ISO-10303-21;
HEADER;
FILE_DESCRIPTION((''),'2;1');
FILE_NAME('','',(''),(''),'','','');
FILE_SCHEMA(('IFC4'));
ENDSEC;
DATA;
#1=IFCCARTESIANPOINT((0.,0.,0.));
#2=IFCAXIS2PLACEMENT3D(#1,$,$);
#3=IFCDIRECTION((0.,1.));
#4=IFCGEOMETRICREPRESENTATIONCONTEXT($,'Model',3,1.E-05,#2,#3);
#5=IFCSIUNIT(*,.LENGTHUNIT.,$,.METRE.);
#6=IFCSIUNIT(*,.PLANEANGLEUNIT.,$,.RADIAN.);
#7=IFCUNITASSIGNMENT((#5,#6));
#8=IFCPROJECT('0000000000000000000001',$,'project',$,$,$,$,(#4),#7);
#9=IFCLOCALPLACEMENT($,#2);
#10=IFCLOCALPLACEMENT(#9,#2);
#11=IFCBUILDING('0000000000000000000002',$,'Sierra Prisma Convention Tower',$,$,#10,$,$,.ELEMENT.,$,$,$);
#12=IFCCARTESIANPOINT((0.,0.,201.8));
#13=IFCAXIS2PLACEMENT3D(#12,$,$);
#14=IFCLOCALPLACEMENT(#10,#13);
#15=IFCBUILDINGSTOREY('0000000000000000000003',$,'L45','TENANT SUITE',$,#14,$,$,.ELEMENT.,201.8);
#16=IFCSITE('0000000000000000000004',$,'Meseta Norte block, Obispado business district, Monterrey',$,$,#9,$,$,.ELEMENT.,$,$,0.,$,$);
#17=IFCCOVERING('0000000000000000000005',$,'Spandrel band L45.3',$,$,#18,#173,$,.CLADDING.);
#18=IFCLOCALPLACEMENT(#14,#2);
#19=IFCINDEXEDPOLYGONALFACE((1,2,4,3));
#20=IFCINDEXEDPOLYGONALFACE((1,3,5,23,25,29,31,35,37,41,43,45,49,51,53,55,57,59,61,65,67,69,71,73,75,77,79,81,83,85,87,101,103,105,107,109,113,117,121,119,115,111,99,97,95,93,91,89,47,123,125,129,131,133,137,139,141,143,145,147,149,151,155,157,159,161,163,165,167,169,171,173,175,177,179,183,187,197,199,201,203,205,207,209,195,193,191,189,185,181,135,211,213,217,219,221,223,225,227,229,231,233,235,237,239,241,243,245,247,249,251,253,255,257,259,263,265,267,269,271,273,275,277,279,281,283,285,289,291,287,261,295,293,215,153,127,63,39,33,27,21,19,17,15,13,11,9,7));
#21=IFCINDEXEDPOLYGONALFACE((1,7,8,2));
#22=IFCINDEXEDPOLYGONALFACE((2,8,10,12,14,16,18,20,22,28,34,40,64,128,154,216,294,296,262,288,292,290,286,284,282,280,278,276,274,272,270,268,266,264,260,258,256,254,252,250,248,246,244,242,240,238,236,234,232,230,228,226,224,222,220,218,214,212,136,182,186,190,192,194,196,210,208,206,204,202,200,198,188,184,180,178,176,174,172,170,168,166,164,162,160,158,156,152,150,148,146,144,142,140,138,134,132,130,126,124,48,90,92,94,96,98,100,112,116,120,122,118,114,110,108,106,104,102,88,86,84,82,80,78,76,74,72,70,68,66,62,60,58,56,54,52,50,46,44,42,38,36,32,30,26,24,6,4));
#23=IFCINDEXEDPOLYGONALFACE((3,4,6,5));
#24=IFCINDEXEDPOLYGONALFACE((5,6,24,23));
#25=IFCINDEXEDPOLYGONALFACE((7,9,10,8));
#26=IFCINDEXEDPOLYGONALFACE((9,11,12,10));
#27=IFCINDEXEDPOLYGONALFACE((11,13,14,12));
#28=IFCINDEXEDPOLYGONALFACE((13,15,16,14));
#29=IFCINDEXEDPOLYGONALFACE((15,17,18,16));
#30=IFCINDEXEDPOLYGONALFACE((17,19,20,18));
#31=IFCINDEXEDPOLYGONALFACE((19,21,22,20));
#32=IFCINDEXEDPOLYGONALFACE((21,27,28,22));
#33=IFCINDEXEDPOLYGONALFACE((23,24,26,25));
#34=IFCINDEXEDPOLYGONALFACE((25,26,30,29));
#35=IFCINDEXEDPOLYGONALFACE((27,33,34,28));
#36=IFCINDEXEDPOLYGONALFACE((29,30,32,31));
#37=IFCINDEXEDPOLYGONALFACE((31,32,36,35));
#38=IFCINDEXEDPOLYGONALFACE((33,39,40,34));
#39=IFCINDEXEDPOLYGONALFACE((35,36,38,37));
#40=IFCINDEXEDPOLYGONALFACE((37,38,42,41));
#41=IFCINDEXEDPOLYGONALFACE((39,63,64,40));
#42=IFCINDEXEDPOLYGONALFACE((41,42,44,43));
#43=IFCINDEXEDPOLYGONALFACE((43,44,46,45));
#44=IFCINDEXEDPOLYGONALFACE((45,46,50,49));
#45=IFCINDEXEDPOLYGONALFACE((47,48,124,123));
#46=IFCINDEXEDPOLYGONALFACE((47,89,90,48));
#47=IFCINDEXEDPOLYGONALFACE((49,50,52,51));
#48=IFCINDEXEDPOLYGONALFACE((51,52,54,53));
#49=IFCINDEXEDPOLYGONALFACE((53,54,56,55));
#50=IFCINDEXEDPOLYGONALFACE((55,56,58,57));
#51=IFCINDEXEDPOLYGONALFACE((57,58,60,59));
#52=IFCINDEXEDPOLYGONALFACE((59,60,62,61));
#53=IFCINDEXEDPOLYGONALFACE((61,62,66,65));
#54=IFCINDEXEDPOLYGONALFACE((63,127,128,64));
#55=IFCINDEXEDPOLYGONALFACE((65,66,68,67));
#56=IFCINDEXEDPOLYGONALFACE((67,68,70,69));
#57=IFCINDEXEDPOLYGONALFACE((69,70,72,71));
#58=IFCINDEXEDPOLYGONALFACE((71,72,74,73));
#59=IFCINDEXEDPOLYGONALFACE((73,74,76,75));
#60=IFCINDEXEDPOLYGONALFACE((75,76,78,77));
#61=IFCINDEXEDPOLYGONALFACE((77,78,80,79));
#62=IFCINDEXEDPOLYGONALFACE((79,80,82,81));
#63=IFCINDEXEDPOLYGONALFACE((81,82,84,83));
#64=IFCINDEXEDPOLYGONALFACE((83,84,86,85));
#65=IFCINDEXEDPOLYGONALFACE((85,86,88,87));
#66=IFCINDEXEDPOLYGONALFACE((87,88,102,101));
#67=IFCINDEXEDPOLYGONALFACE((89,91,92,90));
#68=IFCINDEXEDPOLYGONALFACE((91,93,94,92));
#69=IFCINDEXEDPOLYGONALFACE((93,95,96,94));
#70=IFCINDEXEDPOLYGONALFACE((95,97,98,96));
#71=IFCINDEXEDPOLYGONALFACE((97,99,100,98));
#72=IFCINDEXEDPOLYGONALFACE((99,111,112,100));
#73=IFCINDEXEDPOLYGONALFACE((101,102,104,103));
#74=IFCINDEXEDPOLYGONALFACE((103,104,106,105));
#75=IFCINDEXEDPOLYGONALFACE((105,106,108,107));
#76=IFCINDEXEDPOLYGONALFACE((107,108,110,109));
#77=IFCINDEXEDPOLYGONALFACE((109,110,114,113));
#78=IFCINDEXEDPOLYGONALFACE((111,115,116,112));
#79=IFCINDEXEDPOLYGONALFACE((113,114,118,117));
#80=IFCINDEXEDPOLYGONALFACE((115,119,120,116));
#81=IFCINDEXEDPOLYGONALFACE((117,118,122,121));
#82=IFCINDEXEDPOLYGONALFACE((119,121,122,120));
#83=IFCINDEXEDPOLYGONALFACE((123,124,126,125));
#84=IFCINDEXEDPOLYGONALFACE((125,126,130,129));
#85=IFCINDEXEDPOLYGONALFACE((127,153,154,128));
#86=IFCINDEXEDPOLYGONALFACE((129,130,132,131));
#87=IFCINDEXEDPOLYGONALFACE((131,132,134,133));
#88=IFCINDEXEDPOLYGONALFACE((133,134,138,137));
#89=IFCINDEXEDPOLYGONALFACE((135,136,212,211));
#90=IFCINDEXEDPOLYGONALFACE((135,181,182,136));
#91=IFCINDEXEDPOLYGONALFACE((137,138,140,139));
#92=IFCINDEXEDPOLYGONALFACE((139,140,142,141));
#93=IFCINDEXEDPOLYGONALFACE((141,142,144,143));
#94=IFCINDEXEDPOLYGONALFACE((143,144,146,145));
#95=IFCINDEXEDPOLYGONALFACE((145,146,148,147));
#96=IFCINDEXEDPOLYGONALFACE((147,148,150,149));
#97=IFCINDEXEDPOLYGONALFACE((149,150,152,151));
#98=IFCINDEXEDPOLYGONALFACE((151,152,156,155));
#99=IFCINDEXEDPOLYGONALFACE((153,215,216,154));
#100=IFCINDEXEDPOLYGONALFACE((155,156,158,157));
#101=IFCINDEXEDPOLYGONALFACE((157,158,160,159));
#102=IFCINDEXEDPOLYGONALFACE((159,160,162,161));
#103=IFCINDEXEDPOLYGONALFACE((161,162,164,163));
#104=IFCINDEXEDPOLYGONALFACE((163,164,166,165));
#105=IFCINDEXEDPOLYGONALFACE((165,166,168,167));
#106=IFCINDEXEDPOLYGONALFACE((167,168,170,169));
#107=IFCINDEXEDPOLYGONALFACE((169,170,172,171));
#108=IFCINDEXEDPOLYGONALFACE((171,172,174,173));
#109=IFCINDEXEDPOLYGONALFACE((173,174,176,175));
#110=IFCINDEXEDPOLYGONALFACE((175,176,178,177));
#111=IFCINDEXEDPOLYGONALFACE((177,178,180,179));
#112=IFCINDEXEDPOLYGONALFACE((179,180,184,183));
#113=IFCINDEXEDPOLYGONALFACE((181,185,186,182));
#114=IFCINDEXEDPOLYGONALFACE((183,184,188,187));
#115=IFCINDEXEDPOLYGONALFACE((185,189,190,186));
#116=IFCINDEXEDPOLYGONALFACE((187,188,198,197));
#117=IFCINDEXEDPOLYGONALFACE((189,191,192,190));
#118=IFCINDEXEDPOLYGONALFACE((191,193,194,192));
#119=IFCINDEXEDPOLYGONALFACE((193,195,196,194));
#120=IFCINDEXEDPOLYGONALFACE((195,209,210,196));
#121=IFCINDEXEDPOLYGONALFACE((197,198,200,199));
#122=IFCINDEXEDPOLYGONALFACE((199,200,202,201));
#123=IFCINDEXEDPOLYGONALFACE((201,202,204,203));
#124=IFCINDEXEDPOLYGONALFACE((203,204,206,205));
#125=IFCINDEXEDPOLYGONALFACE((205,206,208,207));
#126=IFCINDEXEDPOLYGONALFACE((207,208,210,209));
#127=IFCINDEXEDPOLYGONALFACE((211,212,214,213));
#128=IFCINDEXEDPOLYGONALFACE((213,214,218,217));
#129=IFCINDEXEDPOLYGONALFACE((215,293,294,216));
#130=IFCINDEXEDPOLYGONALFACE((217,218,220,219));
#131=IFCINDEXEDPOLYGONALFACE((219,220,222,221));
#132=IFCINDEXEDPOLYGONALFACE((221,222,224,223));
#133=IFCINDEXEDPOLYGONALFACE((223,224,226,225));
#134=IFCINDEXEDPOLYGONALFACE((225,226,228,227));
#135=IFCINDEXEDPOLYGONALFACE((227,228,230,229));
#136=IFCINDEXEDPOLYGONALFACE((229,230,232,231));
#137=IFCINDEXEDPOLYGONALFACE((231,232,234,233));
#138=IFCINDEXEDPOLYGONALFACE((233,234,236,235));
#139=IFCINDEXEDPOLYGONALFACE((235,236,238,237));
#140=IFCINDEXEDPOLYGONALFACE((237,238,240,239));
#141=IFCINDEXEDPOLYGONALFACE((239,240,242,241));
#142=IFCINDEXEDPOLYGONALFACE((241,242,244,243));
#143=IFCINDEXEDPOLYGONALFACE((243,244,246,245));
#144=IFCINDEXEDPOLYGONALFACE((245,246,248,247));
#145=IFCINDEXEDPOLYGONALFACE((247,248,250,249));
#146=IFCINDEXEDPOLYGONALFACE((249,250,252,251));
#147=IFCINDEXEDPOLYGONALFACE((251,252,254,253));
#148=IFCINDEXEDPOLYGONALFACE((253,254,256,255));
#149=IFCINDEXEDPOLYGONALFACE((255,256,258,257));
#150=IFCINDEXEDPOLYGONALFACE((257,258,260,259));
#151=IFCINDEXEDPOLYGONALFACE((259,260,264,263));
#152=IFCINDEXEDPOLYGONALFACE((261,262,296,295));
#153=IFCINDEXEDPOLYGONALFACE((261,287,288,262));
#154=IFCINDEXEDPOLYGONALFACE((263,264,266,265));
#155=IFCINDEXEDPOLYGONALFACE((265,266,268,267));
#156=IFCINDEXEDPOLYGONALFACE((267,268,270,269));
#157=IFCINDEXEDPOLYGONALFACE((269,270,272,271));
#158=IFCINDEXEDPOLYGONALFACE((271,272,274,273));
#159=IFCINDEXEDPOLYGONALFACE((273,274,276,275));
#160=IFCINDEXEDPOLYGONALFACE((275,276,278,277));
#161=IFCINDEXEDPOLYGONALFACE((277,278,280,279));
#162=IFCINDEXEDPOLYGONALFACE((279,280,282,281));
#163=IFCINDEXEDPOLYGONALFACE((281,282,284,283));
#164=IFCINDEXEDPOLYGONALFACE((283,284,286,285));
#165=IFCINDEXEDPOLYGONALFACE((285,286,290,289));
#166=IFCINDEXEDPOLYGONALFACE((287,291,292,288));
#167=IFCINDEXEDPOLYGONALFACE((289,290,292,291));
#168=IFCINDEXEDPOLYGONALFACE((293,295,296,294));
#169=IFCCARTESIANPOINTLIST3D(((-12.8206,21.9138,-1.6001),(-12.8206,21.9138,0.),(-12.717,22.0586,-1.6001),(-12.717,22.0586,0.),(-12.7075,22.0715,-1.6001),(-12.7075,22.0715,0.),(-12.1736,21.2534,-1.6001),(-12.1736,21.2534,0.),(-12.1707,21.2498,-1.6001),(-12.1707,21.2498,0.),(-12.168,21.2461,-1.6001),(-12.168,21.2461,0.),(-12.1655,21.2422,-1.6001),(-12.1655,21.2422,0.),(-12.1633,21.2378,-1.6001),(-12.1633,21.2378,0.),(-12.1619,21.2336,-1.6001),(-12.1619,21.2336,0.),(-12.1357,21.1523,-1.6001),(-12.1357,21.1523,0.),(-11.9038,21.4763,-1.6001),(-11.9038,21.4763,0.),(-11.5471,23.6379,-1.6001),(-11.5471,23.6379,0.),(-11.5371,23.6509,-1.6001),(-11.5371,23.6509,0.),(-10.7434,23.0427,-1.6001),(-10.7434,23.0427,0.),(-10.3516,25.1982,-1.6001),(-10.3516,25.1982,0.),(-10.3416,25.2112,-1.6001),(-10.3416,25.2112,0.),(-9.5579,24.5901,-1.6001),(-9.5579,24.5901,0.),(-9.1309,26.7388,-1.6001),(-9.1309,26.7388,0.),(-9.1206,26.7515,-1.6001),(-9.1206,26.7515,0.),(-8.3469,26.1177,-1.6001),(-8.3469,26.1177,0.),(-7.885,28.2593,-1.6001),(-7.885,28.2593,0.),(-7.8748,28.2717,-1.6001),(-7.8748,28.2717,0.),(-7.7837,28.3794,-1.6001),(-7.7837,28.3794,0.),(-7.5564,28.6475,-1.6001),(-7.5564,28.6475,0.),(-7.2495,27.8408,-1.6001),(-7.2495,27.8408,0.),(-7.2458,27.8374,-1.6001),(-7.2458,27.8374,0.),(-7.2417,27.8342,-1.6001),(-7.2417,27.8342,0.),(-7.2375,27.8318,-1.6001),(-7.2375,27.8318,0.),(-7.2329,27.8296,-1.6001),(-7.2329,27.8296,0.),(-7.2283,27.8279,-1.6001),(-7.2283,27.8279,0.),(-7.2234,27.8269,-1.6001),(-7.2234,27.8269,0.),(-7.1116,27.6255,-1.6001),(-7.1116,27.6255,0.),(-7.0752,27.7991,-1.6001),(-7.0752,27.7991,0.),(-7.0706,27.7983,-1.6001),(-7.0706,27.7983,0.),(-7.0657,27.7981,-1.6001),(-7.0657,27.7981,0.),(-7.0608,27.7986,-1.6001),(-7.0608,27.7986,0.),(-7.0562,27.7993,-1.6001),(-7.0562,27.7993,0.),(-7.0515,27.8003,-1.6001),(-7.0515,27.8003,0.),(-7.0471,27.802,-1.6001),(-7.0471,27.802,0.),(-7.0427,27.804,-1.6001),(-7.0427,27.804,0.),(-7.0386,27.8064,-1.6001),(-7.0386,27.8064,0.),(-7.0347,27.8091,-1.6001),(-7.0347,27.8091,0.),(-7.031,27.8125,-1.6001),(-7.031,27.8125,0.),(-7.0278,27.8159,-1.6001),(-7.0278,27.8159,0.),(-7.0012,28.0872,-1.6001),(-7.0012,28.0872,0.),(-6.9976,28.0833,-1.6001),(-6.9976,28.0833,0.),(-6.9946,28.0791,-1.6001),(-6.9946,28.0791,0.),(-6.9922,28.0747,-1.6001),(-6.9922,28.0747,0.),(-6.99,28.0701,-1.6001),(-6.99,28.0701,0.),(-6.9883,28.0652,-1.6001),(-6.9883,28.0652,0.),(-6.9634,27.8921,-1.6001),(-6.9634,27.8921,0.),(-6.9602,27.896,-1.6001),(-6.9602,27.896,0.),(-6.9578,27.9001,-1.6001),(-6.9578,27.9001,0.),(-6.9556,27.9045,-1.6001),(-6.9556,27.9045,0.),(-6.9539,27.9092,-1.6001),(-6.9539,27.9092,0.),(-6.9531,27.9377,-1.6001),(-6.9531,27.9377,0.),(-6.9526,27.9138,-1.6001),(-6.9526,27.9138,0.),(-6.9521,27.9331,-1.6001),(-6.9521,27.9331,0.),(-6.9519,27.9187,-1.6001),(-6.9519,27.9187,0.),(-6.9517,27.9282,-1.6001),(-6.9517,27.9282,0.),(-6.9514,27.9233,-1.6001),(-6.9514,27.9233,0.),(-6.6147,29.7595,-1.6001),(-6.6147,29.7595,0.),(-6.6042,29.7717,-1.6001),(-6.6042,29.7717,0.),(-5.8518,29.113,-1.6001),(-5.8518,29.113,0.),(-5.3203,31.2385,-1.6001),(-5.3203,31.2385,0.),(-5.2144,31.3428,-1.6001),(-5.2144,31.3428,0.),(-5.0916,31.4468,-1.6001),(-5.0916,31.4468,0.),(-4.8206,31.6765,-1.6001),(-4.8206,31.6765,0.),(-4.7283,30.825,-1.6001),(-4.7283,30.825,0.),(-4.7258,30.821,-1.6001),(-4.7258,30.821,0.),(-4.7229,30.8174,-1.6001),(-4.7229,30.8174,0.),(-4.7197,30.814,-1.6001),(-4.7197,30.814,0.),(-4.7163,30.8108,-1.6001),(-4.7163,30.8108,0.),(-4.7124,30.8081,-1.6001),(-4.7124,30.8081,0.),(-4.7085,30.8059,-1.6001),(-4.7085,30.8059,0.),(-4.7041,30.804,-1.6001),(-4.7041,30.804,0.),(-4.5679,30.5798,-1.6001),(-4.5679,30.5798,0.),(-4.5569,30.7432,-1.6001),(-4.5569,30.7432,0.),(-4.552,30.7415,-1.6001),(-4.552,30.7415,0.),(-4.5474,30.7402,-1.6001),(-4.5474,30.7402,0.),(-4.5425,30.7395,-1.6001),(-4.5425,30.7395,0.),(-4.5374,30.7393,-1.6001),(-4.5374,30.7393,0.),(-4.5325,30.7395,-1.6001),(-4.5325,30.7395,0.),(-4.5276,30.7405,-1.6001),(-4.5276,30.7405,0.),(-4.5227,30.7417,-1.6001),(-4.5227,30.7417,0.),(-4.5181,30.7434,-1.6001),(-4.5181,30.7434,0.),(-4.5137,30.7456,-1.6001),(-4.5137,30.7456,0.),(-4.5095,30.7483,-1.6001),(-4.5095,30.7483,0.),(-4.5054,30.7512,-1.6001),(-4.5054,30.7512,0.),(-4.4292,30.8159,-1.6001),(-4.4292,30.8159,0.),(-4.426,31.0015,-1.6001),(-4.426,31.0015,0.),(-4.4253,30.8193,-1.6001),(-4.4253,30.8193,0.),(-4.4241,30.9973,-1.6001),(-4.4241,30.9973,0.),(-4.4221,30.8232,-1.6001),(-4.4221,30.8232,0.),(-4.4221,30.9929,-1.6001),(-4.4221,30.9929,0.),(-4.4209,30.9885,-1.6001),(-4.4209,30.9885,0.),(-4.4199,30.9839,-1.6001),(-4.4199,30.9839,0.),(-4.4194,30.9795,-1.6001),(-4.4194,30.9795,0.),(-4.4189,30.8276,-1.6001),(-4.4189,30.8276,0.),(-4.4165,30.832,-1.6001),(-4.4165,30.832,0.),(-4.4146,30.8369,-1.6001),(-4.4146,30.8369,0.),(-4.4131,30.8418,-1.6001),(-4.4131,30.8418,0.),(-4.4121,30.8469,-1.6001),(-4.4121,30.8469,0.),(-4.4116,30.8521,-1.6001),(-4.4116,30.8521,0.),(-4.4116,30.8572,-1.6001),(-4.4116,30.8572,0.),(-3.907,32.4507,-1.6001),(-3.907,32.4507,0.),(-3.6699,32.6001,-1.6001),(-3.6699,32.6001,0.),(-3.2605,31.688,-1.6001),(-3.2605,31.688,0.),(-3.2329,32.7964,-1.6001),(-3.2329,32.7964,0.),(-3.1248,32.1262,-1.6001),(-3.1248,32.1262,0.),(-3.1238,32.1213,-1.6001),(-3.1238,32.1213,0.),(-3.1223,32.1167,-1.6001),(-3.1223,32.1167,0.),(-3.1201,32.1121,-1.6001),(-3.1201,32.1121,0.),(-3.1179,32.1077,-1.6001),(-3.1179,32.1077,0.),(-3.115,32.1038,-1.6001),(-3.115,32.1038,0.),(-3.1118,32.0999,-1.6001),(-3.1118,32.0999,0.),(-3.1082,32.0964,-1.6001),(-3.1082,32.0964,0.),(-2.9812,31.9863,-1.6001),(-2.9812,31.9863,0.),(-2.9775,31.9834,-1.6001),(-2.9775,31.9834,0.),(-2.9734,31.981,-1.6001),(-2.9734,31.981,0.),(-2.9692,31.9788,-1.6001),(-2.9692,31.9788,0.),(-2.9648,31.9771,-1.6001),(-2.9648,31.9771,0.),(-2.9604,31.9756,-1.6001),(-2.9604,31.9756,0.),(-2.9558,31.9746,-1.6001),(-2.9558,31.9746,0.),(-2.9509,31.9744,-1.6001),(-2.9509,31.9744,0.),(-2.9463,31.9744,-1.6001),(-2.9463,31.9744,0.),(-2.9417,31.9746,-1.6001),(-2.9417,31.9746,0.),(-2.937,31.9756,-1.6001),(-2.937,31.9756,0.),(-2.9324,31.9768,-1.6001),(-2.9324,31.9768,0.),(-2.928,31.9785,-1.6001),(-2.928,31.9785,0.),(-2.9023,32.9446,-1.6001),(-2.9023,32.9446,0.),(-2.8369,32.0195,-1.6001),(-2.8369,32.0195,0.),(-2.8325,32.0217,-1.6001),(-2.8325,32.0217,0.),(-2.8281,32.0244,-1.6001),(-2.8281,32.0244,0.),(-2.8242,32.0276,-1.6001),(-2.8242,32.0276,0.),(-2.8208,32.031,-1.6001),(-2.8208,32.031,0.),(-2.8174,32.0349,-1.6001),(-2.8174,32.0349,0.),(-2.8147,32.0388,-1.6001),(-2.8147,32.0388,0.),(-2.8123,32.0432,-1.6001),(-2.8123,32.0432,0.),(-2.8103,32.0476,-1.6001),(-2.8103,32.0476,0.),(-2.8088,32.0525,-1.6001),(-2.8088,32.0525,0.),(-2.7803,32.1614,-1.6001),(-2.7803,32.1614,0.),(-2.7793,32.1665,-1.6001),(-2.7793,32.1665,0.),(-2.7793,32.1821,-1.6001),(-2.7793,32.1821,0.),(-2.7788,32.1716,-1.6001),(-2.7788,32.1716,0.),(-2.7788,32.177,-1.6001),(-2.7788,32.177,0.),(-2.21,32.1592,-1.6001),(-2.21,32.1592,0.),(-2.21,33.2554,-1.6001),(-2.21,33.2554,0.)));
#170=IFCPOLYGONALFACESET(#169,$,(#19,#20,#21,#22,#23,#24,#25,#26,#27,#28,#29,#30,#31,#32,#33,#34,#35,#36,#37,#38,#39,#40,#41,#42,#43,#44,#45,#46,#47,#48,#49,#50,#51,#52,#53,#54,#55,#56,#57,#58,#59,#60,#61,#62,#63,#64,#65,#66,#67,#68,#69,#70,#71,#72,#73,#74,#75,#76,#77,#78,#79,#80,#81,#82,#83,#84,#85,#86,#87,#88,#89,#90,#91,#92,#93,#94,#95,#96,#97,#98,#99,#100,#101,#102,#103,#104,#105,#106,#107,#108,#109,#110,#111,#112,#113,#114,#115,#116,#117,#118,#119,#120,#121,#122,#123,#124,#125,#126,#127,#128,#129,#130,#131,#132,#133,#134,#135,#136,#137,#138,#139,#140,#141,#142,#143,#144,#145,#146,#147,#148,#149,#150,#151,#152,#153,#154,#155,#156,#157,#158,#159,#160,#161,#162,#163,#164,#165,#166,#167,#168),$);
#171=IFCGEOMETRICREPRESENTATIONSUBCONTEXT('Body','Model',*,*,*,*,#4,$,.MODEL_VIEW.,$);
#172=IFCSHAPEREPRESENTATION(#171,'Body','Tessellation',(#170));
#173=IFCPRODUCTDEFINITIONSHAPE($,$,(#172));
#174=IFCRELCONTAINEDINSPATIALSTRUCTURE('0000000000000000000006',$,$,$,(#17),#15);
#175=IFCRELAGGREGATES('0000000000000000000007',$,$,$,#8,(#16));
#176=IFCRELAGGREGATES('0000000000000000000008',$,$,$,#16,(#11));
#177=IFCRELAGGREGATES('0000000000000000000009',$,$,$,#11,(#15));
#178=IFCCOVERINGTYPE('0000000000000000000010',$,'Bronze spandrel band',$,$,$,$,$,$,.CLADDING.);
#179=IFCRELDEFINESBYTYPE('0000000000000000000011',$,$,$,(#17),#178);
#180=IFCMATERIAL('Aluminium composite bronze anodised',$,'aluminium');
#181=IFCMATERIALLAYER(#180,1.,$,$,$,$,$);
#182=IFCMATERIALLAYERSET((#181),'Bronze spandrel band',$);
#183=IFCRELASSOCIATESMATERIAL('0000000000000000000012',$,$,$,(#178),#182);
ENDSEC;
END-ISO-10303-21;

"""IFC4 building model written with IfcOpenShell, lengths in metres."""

from ifc_helpers import new_model, si_unit, direction, frame, origin, place, context, subcontext, project, spatial, polyline, outline, extrude, material, layer, layer_set, type_object, element, save


model = new_model("IFC4")

# Units and contexts
model_context = context("Model", 3, precision=1e-05, world=origin(), true_north=direction((0.0, 1.0)))
body_context = subcontext(model_context, "Body", "Model", "MODEL_VIEW")
ifc_project = project(units=[si_unit("LENGTHUNIT", "METRE"), si_unit("PLANEANGLEUNIT", "RADIAN")], contexts=[model_context])

# Site, building, storey
site_placement = place(None, origin())
site = spatial("IfcSite", under=ifc_project, at=site_placement, Name="Meseta Norte block, Obispado business district, Monterrey", CompositionType="ELEMENT", RefElevation=0.0)
building_placement = place(site_placement, origin())
building = spatial("IfcBuilding", under=site, at=building_placement, Name="Sierra Prisma Convention Tower", CompositionType="ELEMENT")
storey_placement = place(building_placement, frame((0.0, 0.0, 201.8)))
storey = spatial("IfcBuildingStorey", under=building, at=storey_placement, Name="L45", Description="TENANT SUITE", CompositionType="ELEMENT", Elevation=201.8)

# Covering
ifc_material_1 = material(Name="Aluminium composite bronze anodised", Category="aluminium")
ifc_layer_1 = layer(ifc_material_1, 1.0)
ifc_layer_set_1 = layer_set([ifc_layer_1], Name="Bronze spandrel band")
covering_type_1 = type_object("IfcCoveringType", Name="Bronze spandrel band", PredefinedType="CLADDING", material=ifc_layer_set_1)
covering_1_placement = place(storey_placement, frame((0.0, 0.0, -1.6001)))
element("IfcCovering", 1, at=covering_1_placement, inside=storey, type_object=covering_type_1, Name="Spandrel band L45.3", PredefinedType="CLADDING", context=body_context, shape_type="SweptSolid", body=[
    extrude(outline(polyline([(-10.3516, 25.1982), (-10.3416, 25.2112), (-9.1309, 26.7388), (-9.1206, 26.7515), (-7.885, 28.2593), (-7.8748, 28.2717), (-7.7837, 28.3794), (-7.2495, 27.8408), (-7.2458, 27.8374), (-7.2417, 27.8342), (-7.2375, 27.8318), (-7.2329, 27.8296), (-7.2283, 27.8279), (-7.2234, 27.8269), (-7.0752, 27.7991), (-7.0706, 27.7983), (-7.0657, 27.7981), (-7.0608, 27.7986), (-7.0562, 27.7993), (-7.0515, 27.8003), (-7.0471, 27.802), (-7.0427, 27.804), (-7.0386, 27.8064), (-7.0347, 27.8091), (-7.031, 27.8125), (-7.0278, 27.8159), (-6.9634, 27.8921), (-6.9602, 27.896), (-6.9578, 27.9001), (-6.9556, 27.9045), (-6.9539, 27.9092), (-6.9526, 27.9138), (-6.9519, 27.9187), (-6.9514, 27.9233), (-6.9517, 27.9282), (-6.9521, 27.9331), (-6.9531, 27.9377), (-6.9883, 28.0652), (-6.99, 28.0701), (-6.9922, 28.0747), (-6.9946, 28.0791), (-6.9976, 28.0833), (-7.0012, 28.0872), (-7.5564, 28.6475), (-6.6147, 29.7595), (-6.6042, 29.7717), (-5.3203, 31.2385), (-5.2144, 31.3428), (-5.0916, 31.4468), (-4.7283, 30.825), (-4.7258, 30.821), (-4.7229, 30.8174), (-4.7197, 30.814), (-4.7163, 30.8108), (-4.7124, 30.8081), (-4.7085, 30.8059), (-4.7041, 30.804), (-4.5569, 30.7432), (-4.552, 30.7415), (-4.5474, 30.7402), (-4.5425, 30.7395), (-4.5374, 30.7393), (-4.5325, 30.7395), (-4.5276, 30.7405), (-4.5227, 30.7417), (-4.5181, 30.7434), (-4.5137, 30.7456), (-4.5095, 30.7483), (-4.5054, 30.7512), (-4.4292, 30.8159), (-4.4253, 30.8193), (-4.4221, 30.8232), (-4.4189, 30.8276), (-4.4165, 30.832), (-4.4146, 30.8369), (-4.4131, 30.8418), (-4.4121, 30.8469), (-4.4116, 30.8521), (-4.4116, 30.8572), (-4.4194, 30.9795), (-4.4199, 30.9839), (-4.4209, 30.9885), (-4.4221, 30.9929), (-4.4241, 30.9973), (-4.426, 31.0015), (-4.8206, 31.6765), (-3.907, 32.4507), (-3.6699, 32.6001), (-3.2329, 32.7964), (-3.1248, 32.1262), (-3.1238, 32.1213), (-3.1223, 32.1167), (-3.1201, 32.1121), (-3.1179, 32.1077), (-3.115, 32.1038), (-3.1118, 32.0999), (-3.1082, 32.0964), (-2.9812, 31.9863), (-2.9775, 31.9834), (-2.9734, 31.981), (-2.9692, 31.9788), (-2.9648, 31.9771), (-2.9604, 31.9756), (-2.9558, 31.9746), (-2.9509, 31.9744), (-2.9463, 31.9744), (-2.9417, 31.9746), (-2.937, 31.9756), (-2.9324, 31.9768), (-2.928, 31.9785), (-2.8369, 32.0195), (-2.8325, 32.0217), (-2.8281, 32.0244), (-2.8242, 32.0276), (-2.8208, 32.031), (-2.8174, 32.0349), (-2.8147, 32.0388), (-2.8123, 32.0432), (-2.8103, 32.0476), (-2.8088, 32.0525), (-2.7803, 32.1614), (-2.7793, 32.1665), (-2.7788, 32.1716), (-2.7788, 32.177), (-2.7793, 32.1821), (-2.9023, 32.9446), (-2.21, 33.2554), (-2.21, 32.1592), (-3.2605, 31.688), (-4.5679, 30.5798), (-5.8518, 29.113), (-7.1116, 27.6255), (-8.3469, 26.1177), (-9.5579, 24.5901), (-10.7434, 23.0427), (-11.9038, 21.4763), (-12.1357, 21.1523), (-12.1619, 21.2336), (-12.1633, 21.2378), (-12.1655, 21.2422), (-12.168, 21.2461), (-12.1707, 21.2498), (-12.1736, 21.2534), (-12.8206, 21.9138), (-12.717, 22.0586), (-12.7075, 22.0715), (-11.5471, 23.6379), (-11.5371, 23.6509), (-10.3516, 25.1982)])), origin(), (0.0, 0.0, 1.0), 1.6001),
])

save(model, "model.ifc")
